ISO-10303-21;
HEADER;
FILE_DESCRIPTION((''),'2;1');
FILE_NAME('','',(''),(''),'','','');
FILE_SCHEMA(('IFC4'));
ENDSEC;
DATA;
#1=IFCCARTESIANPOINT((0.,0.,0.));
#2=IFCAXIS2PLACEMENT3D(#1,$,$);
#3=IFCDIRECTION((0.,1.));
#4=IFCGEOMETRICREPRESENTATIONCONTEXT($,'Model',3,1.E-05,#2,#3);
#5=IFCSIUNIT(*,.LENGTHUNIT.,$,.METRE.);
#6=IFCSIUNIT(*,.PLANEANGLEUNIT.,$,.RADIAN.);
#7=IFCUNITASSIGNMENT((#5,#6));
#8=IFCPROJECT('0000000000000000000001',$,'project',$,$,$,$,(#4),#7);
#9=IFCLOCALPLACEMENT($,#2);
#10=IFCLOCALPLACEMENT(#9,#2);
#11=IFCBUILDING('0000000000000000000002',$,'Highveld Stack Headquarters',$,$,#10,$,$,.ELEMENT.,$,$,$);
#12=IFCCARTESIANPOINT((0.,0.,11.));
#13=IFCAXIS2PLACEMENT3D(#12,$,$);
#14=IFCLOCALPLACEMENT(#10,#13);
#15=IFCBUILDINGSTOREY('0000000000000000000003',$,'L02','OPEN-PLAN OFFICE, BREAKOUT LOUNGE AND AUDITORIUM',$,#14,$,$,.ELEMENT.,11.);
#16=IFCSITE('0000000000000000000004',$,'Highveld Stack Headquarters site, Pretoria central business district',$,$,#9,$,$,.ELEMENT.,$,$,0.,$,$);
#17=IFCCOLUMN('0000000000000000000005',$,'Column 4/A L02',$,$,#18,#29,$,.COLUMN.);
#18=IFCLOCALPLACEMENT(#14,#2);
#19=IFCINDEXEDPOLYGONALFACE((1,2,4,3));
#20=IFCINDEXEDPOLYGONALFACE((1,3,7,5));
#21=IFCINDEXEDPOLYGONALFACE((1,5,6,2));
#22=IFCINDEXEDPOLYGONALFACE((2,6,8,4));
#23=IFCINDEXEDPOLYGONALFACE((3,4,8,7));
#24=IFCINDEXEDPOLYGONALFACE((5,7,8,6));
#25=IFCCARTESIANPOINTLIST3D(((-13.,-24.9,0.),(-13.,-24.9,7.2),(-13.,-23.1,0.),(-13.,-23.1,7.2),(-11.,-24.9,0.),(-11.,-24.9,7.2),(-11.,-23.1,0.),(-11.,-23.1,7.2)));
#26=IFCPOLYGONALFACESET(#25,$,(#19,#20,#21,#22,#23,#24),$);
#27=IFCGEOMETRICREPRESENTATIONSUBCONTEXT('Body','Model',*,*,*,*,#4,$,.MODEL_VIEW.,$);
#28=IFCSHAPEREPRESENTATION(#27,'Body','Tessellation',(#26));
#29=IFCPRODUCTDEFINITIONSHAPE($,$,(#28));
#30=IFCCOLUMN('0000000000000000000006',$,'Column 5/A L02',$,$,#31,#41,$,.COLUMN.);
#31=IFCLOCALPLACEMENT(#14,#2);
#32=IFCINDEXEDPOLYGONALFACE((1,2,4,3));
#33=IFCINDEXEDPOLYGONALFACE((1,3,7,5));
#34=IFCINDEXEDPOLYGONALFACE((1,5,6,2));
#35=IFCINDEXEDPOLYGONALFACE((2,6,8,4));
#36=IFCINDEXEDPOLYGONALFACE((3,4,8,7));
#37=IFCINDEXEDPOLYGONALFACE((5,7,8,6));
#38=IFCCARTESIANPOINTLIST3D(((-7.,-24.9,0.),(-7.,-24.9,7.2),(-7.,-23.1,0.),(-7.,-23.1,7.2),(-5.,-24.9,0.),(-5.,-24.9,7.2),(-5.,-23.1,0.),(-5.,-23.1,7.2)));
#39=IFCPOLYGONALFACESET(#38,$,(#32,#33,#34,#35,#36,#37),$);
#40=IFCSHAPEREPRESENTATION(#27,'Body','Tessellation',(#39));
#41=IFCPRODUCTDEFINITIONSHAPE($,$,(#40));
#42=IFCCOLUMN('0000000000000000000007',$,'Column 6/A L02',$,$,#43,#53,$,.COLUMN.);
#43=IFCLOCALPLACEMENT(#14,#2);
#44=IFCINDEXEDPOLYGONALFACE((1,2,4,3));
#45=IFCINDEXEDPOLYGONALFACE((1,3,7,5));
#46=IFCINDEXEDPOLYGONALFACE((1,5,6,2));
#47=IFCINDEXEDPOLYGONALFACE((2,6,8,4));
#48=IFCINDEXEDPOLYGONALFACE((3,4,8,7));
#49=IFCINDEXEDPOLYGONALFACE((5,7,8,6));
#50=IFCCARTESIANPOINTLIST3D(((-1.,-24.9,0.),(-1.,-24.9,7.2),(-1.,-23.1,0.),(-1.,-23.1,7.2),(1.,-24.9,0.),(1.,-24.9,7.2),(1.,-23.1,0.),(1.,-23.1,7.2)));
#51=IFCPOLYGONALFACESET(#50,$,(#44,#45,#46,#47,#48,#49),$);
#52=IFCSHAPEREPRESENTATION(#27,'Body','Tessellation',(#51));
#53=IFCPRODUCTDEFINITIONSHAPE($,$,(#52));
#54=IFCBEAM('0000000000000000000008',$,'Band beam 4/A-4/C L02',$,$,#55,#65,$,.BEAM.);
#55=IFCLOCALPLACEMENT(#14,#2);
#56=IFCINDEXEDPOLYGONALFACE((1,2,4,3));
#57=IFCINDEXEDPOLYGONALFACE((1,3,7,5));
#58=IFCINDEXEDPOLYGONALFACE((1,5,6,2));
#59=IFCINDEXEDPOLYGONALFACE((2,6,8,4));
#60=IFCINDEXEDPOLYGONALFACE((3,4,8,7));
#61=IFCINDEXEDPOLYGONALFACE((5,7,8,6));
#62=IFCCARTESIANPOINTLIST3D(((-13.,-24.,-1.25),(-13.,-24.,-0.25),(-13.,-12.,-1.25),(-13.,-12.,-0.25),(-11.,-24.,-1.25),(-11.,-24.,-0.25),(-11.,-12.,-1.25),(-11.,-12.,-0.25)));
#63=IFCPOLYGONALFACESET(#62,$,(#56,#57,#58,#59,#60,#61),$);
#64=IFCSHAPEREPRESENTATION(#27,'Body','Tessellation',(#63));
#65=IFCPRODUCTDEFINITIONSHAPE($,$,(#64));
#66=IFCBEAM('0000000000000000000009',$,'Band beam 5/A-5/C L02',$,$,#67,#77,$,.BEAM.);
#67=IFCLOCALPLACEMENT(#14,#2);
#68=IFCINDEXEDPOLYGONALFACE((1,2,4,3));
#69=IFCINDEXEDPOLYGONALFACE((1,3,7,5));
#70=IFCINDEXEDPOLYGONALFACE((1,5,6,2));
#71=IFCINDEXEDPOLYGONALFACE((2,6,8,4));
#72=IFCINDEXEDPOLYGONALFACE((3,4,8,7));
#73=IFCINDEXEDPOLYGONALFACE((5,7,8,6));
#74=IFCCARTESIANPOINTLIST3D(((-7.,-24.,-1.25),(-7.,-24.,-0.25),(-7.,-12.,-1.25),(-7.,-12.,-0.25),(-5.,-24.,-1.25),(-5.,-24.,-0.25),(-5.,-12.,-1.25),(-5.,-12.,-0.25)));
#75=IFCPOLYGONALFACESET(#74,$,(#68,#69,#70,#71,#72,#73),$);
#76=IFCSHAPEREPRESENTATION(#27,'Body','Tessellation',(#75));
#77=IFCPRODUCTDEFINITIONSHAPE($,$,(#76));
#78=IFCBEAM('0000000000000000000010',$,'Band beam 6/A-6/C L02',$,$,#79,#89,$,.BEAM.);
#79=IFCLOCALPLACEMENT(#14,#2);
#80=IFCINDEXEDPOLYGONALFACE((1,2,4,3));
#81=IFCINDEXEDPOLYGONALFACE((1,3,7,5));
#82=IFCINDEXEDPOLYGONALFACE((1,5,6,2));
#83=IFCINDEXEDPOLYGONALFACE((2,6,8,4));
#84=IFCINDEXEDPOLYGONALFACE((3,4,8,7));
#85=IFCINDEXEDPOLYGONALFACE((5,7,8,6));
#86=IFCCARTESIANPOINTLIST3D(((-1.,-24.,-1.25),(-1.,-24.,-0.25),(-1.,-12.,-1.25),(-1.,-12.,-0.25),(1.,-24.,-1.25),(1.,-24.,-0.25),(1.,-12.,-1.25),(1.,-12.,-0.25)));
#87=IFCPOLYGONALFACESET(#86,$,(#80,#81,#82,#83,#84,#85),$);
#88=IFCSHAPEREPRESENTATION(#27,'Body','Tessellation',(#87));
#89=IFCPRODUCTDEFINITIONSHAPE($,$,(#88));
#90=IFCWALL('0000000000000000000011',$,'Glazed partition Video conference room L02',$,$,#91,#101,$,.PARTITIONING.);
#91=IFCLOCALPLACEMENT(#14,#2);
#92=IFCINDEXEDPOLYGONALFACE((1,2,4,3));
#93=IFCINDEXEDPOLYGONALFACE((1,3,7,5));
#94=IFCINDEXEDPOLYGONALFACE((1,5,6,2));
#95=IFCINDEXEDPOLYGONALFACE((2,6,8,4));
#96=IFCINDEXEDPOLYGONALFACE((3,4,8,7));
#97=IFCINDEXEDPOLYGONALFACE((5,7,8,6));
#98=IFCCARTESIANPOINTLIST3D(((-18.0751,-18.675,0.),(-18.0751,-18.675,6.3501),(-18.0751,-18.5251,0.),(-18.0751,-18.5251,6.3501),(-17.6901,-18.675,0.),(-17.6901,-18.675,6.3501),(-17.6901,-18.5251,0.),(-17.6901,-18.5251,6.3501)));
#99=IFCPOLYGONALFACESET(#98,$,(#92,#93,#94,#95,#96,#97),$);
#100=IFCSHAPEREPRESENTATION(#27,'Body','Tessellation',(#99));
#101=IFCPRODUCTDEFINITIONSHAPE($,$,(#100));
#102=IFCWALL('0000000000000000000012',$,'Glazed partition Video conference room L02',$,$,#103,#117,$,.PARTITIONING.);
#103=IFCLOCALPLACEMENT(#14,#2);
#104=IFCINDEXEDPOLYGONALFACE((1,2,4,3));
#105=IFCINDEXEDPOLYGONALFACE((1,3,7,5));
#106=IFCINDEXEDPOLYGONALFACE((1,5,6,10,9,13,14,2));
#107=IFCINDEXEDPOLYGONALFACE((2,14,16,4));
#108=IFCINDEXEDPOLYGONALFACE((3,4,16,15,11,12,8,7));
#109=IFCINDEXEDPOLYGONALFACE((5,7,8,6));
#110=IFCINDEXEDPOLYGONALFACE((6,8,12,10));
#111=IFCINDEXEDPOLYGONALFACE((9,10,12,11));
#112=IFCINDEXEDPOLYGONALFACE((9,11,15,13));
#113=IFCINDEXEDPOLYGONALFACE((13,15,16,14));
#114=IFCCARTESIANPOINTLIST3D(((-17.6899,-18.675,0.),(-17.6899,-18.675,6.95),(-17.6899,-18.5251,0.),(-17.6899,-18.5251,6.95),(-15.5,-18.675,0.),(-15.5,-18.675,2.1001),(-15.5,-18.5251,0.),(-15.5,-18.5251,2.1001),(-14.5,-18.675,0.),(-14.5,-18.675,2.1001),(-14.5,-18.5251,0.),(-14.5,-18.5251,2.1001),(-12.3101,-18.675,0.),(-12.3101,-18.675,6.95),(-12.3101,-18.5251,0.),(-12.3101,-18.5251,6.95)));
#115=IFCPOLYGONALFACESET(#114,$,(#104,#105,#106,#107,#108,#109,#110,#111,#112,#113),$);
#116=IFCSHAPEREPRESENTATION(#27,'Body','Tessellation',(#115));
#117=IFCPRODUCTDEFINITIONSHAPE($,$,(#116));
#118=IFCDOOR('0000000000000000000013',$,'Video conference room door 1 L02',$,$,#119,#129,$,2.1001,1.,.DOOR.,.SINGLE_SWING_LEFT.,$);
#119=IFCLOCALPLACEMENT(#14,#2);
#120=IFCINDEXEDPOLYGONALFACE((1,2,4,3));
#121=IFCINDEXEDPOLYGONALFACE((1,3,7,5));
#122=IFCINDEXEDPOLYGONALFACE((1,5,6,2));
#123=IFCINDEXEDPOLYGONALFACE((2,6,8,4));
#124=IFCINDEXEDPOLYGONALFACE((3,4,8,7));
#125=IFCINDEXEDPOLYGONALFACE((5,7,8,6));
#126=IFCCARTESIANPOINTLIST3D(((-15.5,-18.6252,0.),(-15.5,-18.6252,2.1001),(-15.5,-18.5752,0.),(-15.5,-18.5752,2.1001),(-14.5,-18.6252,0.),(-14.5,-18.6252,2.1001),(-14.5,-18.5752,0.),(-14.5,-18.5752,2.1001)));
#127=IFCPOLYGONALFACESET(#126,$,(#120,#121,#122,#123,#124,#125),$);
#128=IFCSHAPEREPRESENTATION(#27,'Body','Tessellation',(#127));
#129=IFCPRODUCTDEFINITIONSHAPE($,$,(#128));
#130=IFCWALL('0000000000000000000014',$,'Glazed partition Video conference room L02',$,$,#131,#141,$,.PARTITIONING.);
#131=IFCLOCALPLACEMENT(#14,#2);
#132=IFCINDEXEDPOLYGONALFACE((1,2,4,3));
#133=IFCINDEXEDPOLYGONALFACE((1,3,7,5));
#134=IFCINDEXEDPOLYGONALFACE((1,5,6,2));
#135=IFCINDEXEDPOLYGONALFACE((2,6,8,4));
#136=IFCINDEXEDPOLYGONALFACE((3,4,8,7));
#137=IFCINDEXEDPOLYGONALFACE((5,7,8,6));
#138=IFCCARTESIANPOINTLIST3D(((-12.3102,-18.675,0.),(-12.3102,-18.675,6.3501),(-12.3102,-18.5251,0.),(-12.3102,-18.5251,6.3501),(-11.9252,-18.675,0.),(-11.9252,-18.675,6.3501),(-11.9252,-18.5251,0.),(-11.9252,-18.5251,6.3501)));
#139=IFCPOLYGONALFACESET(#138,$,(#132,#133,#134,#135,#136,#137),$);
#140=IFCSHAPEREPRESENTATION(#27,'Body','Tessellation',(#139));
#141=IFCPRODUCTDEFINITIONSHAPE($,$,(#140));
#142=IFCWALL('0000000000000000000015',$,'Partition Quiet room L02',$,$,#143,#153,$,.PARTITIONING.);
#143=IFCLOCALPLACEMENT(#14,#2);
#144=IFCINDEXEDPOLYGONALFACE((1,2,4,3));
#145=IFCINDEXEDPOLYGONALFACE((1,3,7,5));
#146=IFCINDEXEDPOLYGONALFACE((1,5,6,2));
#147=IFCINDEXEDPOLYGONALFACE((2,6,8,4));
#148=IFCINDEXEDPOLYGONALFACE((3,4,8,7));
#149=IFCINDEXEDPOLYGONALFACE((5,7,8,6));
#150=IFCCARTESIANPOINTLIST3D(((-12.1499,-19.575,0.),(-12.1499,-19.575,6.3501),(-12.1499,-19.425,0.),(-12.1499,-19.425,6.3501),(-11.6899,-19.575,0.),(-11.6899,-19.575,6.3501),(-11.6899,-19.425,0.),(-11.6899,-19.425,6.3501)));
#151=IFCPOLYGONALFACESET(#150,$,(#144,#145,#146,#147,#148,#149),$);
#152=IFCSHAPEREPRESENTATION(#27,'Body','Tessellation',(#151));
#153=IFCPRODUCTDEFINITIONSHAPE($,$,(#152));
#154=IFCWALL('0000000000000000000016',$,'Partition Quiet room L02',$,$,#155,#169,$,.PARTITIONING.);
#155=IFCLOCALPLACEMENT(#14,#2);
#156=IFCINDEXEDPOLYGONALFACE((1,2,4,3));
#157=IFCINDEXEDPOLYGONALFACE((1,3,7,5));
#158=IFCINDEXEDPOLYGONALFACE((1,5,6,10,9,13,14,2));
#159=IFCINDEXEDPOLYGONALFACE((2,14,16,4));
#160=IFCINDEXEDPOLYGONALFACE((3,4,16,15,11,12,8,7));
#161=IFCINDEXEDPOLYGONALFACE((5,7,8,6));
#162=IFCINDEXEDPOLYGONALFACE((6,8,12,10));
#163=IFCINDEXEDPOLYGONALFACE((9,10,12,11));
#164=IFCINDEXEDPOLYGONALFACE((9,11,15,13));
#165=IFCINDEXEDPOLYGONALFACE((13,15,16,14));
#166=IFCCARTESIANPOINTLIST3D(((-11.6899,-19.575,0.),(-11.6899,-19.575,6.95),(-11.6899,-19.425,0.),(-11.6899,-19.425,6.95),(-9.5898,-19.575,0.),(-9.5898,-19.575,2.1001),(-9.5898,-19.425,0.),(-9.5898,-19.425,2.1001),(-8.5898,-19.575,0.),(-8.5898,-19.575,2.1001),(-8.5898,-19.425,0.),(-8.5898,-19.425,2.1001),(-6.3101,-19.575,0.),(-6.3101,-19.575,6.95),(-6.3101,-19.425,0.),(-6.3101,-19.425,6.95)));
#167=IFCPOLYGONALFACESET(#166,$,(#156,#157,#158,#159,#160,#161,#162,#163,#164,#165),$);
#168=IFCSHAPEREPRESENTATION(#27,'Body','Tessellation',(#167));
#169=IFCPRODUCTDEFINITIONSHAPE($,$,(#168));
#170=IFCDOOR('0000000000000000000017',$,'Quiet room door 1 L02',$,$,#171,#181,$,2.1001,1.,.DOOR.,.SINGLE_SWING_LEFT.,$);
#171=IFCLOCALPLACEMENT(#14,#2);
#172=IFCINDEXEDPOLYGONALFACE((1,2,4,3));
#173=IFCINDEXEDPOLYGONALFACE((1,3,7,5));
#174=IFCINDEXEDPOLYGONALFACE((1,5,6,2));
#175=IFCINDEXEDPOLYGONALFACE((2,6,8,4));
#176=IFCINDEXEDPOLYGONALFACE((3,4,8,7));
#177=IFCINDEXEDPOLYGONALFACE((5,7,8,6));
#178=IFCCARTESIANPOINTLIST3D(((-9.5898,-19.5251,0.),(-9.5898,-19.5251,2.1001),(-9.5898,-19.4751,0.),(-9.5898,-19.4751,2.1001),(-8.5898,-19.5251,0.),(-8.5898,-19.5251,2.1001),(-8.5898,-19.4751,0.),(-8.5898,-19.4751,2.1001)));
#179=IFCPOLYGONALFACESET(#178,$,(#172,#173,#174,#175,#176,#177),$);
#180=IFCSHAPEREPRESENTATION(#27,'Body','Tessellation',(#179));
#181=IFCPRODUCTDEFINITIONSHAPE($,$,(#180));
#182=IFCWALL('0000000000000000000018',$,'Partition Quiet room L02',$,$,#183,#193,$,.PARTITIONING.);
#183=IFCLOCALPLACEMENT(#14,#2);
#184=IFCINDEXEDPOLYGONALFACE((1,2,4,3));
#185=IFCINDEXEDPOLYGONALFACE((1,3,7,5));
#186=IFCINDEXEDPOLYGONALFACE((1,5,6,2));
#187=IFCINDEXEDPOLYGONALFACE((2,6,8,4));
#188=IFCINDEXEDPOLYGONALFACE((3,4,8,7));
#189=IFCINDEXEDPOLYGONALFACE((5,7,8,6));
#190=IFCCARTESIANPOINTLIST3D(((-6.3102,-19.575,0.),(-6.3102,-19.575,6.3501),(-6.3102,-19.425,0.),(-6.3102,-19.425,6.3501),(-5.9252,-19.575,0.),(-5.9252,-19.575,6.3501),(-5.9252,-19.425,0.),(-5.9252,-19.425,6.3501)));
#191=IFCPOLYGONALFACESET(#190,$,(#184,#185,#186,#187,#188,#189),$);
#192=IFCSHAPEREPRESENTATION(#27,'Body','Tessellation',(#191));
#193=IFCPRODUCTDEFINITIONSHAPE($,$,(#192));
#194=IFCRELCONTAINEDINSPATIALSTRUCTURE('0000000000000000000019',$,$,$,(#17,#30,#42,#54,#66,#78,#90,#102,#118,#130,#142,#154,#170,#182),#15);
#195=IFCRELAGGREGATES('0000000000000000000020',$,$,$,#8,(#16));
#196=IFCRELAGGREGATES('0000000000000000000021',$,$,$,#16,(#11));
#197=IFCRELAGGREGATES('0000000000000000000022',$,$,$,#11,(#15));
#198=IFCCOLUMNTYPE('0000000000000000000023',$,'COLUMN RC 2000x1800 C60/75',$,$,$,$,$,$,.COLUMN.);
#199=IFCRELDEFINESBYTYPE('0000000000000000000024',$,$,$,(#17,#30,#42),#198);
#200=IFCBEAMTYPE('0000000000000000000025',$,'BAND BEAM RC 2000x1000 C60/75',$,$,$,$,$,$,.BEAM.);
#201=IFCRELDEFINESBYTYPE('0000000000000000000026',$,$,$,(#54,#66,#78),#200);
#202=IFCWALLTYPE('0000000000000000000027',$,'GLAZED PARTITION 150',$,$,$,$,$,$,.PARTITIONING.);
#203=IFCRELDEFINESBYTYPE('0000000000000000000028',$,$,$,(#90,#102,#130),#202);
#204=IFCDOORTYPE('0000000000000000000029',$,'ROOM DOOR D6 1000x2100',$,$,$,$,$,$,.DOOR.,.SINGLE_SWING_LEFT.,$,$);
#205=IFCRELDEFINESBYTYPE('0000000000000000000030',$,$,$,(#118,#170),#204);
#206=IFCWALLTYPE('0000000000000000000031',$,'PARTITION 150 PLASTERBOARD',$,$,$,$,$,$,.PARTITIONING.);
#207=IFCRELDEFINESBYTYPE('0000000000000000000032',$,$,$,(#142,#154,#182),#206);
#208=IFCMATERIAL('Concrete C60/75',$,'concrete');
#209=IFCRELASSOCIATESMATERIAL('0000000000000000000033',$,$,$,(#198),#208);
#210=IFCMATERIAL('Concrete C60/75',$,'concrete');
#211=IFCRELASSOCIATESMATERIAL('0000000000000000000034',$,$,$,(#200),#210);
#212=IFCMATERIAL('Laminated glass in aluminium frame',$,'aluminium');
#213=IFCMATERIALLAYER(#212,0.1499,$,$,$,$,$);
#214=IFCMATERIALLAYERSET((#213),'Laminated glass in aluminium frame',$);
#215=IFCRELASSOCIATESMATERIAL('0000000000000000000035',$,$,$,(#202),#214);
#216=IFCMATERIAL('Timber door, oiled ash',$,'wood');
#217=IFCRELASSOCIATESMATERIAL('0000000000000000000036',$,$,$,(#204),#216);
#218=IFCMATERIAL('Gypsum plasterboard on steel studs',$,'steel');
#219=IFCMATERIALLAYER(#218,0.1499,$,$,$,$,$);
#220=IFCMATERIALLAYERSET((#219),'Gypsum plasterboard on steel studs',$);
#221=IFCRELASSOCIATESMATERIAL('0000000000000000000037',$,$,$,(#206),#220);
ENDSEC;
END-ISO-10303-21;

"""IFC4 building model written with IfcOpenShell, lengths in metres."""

from ifc_helpers import new_model, si_unit, direction, frame, frame_2d, origin, origin_2d, place, context, subcontext, project, spatial, rectangle, extrude, material, layer, layer_set, material_profile, profile_set, type_object, element, fill, save


model = new_model("IFC4")

# Units and contexts
model_context = context("Model", 3, precision=1e-05, world=origin(), true_north=direction((0.0, 1.0)))
body_context = subcontext(model_context, "Body", "Model", "MODEL_VIEW")
ifc_project = project(units=[si_unit("LENGTHUNIT", "METRE"), si_unit("PLANEANGLEUNIT", "RADIAN")], contexts=[model_context])

# Site, building, storey
site_placement = place(None, origin())
site = spatial("IfcSite", under=ifc_project, at=site_placement, Name="Highveld Stack Headquarters site, Pretoria central business district", CompositionType="ELEMENT", RefElevation=0.0)
building_placement = place(site_placement, origin())
building = spatial("IfcBuilding", under=site, at=building_placement, Name="Highveld Stack Headquarters", CompositionType="ELEMENT")
storey_placement = place(building_placement, frame((0.0, 0.0, 11.0)))
storey = spatial("IfcBuildingStorey", under=building, at=storey_placement, Name="L02", Description="OPEN-PLAN OFFICE, BREAKOUT LOUNGE AND AUDITORIUM", CompositionType="ELEMENT", Elevation=11.0)

# Columns
ifc_material_1 = material(Name="Concrete C60/75", Category="concrete")
ifc_material_profile_1 = material_profile(ifc_material_1, rectangle(XDim=2.0, YDim=1.8, at=origin_2d()), Name="RC 2000x1800")
ifc_profile_set_1 = profile_set([ifc_material_profile_1], Name="Concrete C60/75")
column_type = type_object("IfcColumnType", Name="COLUMN RC 2000x1800 C60/75", PredefinedType="COLUMN", material=ifc_profile_set_1)
for number, where, z_axis, x_axis, name in (
    (1, (-12.0, -24.0, 0.0), (0.0, 0.0, 1.0), (1.0, 0.0, 0.0), "Column 4/A L02"),
    (2, (-6.0, -24.0, 0.0), (0.0, 0.0, 1.0), (1.0, 0.0, 0.0), "Column 5/A L02"),
    (3, (0.0, -24.0, 0.0), (0.0, 0.0, 1.0), (1.0, 0.0, 0.0), "Column 6/A L02"),
):
    element("IfcColumn", number, at=place(storey_placement, frame(where, z_axis=z_axis, x_axis=x_axis)), inside=storey, type_object=column_type, Name=name, PredefinedType="COLUMN", context=body_context, shape_type="SweptSolid", body=[
        extrude(rectangle(XDim=2.0, YDim=1.8, at=origin_2d()), origin(), (0.0, 0.0, 1.0), 7.2),
    ])

# Beams
ifc_material_2 = material(Name="Concrete C60/75", Category="concrete")
ifc_material_profile_2 = material_profile(ifc_material_2, rectangle(XDim=2.0, YDim=1.0, at=origin_2d()), Name="RC 2000x1000")
ifc_profile_set_2 = profile_set([ifc_material_profile_2], Name="Concrete C60/75")
beam_type = type_object("IfcBeamType", Name="BAND BEAM RC 2000x1000 C60/75", PredefinedType="BEAM", material=ifc_profile_set_2)
for number, where, z_axis, x_axis, name in (
    (4, (-12.0, -24.0, -0.75), (0.0, 1.0, 0.0), (-1.0, 0.0, 0.0), "Band beam 4/A-4/C L02"),
    (5, (-6.0, -24.0, -0.75), (0.0, 1.0, 0.0), (-1.0, 0.0, 0.0), "Band beam 5/A-5/C L02"),
    (6, (0.0, -24.0, -0.75), (0.0, 1.0, 0.0), (-1.0, 0.0, 0.0), "Band beam 6/A-6/C L02"),
):
    element("IfcBeam", number, at=place(storey_placement, frame(where, z_axis=z_axis, x_axis=x_axis)), inside=storey, type_object=beam_type, Name=name, PredefinedType="BEAM", context=body_context, shape_type="SweptSolid", body=[
        extrude(rectangle(XDim=2.0, YDim=1.0, at=origin_2d()), origin(), (0.0, 0.0, 1.0), 12.0),
    ])

# Wall
ifc_material_3 = material(Name="Laminated glass in aluminium frame", Category="aluminium")
ifc_layer_1 = layer(ifc_material_3, 0.1499)
ifc_layer_set_1 = layer_set([ifc_layer_1], Name="Laminated glass in aluminium frame")
wall_type_1 = type_object("IfcWallType", Name="GLAZED PARTITION 150", PredefinedType="PARTITIONING", material=ifc_layer_set_1)
wall_1_placement = place(storey_placement, frame((-18.075, -18.6001, 0.0), z_axis=(0.0, 0.0, 1.0), x_axis=(1.0, 0.0, 0.0)))
element("IfcWall", 7, at=wall_1_placement, inside=storey, type_object=wall_type_1, Name="Glazed partition Video conference room L02", PredefinedType="PARTITIONING", context=body_context, shape_type="SweptSolid", body=[
    extrude(rectangle(XDim=0.385, YDim=0.1499, at=frame_2d((0.1924, 0.0))), origin(), (0.0, 0.0, 1.0), 6.3501),
])

# Wall, opening, door
wall_2_placement = place(storey_placement, frame((-17.6899, -18.6001, 0.0), z_axis=(0.0, 0.0, 1.0), x_axis=(1.0, 0.0, 0.0)))
wall_2 = element("IfcWall", 8, at=wall_2_placement, inside=storey, type_object=wall_type_1, Name="Glazed partition Video conference room L02", PredefinedType="PARTITIONING", context=body_context, shape_type="SweptSolid", body=[
    extrude(rectangle(XDim=5.3799, YDim=0.1499, at=frame_2d((2.6899, 0.0))), origin(), (0.0, 0.0, 1.0), 6.95),
])
opening_1_placement = place(wall_2_placement, frame((2.1899, 0.0, 0.0)))
opening_1 = element("IfcOpeningElement", 9, at=opening_1_placement, cuts=wall_2, PredefinedType="OPENING", context=body_context, shape_type="SweptSolid", body=[
    extrude(rectangle(XDim=1.0, YDim=2.1001, at=frame_2d((0.5, 1.05))), frame((0.0, 0.085, 0.0), z_axis=(0.0, -1.0, 0.0), x_axis=(1.0, 0.0, 0.0)), (0.0, 0.0, 1.0), 0.1699),
])
ifc_material_4 = material(Name="Timber door, oiled ash", Category="wood")
door_type = type_object("IfcDoorType", Name="ROOM DOOR D6 1000x2100", OperationType="SINGLE_SWING_LEFT", PredefinedType="DOOR", material=ifc_material_4)
door_1_placement = place(opening_1_placement, origin())
door_1 = element("IfcDoor", 10, at=door_1_placement, inside=storey, type_object=door_type, Name="Video conference room door 1 L02", OperationType="SINGLE_SWING_LEFT", OverallHeight=2.1001, OverallWidth=1.0, PredefinedType="DOOR", context=body_context, shape_type="SweptSolid", body=[
    extrude(rectangle(XDim=1.0, YDim=2.1001, at=frame_2d((0.5, 1.05))), frame((0.0, 0.0249, 0.0), z_axis=(0.0, -1.0, 0.0), x_axis=(1.0, 0.0, 0.0)), (0.0, 0.0, 1.0), 0.05),
])
fill(opening_1, door_1)

# Walls
wall_3_placement = place(storey_placement, frame((-12.3101, -18.6001, 0.0), z_axis=(0.0, 0.0, 1.0), x_axis=(1.0, 0.0, 0.0)))
element("IfcWall", 11, at=wall_3_placement, inside=storey, type_object=wall_type_1, Name="Glazed partition Video conference room L02", PredefinedType="PARTITIONING", context=body_context, shape_type="SweptSolid", body=[
    extrude(rectangle(XDim=0.385, YDim=0.1499, at=frame_2d((0.1924, 0.0))), origin(), (0.0, 0.0, 1.0), 6.3501),
])
ifc_material_5 = material(Name="Gypsum plasterboard on steel studs", Category="steel")
ifc_layer_2 = layer(ifc_material_5, 0.1499)
ifc_layer_set_2 = layer_set([ifc_layer_2], Name="Gypsum plasterboard on steel studs")
wall_type_2 = type_object("IfcWallType", Name="PARTITION 150 PLASTERBOARD", PredefinedType="PARTITIONING", material=ifc_layer_set_2)
wall_4_placement = place(storey_placement, frame((-12.1499, -19.5, 0.0), z_axis=(0.0, 0.0, 1.0), x_axis=(1.0, 0.0, 0.0)))
element("IfcWall", 12, at=wall_4_placement, inside=storey, type_object=wall_type_2, Name="Partition Quiet room L02", PredefinedType="PARTITIONING", context=body_context, shape_type="SweptSolid", body=[
    extrude(rectangle(XDim=0.46, YDim=0.1499, at=frame_2d((0.23, 0.0))), origin(), (0.0, 0.0, 1.0), 6.3501),
])

# Wall, opening, door
wall_5_placement = place(storey_placement, frame((-11.6899, -19.5, 0.0), z_axis=(0.0, 0.0, 1.0), x_axis=(1.0, 0.0, 0.0)))
wall_5 = element("IfcWall", 13, at=wall_5_placement, inside=storey, type_object=wall_type_2, Name="Partition Quiet room L02", PredefinedType="PARTITIONING", context=body_context, shape_type="SweptSolid", body=[
    extrude(rectangle(XDim=5.3799, YDim=0.1499, at=frame_2d((2.6899, 0.0))), origin(), (0.0, 0.0, 1.0), 6.95),
])
opening_2_placement = place(wall_5_placement, frame((2.1001, 0.0, 0.0)))
opening_2 = element("IfcOpeningElement", 14, at=opening_2_placement, cuts=wall_5, PredefinedType="OPENING", context=body_context, shape_type="SweptSolid", body=[
    extrude(rectangle(XDim=1.0, YDim=2.1001, at=frame_2d((0.5, 1.05))), frame((0.0, 0.085, 0.0), z_axis=(0.0, -1.0, 0.0), x_axis=(1.0, 0.0, 0.0)), (0.0, 0.0, 1.0), 0.1699),
])
door_2_placement = place(opening_2_placement, origin())
door_2 = element("IfcDoor", 15, at=door_2_placement, inside=storey, type_object=door_type, Name="Quiet room door 1 L02", OperationType="SINGLE_SWING_LEFT", OverallHeight=2.1001, OverallWidth=1.0, PredefinedType="DOOR", context=body_context, shape_type="SweptSolid", body=[
    extrude(rectangle(XDim=1.0, YDim=2.1001, at=frame_2d((0.5, 1.05))), frame((0.0, 0.0249, 0.0), z_axis=(0.0, -1.0, 0.0), x_axis=(1.0, 0.0, 0.0)), (0.0, 0.0, 1.0), 0.05),
])
fill(opening_2, door_2)

# Wall
wall_6_placement = place(storey_placement, frame((-6.3101, -19.5, 0.0), z_axis=(0.0, 0.0, 1.0), x_axis=(1.0, 0.0, 0.0)))
element("IfcWall", 16, at=wall_6_placement, inside=storey, type_object=wall_type_2, Name="Partition Quiet room L02", PredefinedType="PARTITIONING", context=body_context, shape_type="SweptSolid", body=[
    extrude(rectangle(XDim=0.385, YDim=0.1499, at=frame_2d((0.1924, 0.0))), origin(), (0.0, 0.0, 1.0), 6.3501),
])

save(model, "model.ifc")
